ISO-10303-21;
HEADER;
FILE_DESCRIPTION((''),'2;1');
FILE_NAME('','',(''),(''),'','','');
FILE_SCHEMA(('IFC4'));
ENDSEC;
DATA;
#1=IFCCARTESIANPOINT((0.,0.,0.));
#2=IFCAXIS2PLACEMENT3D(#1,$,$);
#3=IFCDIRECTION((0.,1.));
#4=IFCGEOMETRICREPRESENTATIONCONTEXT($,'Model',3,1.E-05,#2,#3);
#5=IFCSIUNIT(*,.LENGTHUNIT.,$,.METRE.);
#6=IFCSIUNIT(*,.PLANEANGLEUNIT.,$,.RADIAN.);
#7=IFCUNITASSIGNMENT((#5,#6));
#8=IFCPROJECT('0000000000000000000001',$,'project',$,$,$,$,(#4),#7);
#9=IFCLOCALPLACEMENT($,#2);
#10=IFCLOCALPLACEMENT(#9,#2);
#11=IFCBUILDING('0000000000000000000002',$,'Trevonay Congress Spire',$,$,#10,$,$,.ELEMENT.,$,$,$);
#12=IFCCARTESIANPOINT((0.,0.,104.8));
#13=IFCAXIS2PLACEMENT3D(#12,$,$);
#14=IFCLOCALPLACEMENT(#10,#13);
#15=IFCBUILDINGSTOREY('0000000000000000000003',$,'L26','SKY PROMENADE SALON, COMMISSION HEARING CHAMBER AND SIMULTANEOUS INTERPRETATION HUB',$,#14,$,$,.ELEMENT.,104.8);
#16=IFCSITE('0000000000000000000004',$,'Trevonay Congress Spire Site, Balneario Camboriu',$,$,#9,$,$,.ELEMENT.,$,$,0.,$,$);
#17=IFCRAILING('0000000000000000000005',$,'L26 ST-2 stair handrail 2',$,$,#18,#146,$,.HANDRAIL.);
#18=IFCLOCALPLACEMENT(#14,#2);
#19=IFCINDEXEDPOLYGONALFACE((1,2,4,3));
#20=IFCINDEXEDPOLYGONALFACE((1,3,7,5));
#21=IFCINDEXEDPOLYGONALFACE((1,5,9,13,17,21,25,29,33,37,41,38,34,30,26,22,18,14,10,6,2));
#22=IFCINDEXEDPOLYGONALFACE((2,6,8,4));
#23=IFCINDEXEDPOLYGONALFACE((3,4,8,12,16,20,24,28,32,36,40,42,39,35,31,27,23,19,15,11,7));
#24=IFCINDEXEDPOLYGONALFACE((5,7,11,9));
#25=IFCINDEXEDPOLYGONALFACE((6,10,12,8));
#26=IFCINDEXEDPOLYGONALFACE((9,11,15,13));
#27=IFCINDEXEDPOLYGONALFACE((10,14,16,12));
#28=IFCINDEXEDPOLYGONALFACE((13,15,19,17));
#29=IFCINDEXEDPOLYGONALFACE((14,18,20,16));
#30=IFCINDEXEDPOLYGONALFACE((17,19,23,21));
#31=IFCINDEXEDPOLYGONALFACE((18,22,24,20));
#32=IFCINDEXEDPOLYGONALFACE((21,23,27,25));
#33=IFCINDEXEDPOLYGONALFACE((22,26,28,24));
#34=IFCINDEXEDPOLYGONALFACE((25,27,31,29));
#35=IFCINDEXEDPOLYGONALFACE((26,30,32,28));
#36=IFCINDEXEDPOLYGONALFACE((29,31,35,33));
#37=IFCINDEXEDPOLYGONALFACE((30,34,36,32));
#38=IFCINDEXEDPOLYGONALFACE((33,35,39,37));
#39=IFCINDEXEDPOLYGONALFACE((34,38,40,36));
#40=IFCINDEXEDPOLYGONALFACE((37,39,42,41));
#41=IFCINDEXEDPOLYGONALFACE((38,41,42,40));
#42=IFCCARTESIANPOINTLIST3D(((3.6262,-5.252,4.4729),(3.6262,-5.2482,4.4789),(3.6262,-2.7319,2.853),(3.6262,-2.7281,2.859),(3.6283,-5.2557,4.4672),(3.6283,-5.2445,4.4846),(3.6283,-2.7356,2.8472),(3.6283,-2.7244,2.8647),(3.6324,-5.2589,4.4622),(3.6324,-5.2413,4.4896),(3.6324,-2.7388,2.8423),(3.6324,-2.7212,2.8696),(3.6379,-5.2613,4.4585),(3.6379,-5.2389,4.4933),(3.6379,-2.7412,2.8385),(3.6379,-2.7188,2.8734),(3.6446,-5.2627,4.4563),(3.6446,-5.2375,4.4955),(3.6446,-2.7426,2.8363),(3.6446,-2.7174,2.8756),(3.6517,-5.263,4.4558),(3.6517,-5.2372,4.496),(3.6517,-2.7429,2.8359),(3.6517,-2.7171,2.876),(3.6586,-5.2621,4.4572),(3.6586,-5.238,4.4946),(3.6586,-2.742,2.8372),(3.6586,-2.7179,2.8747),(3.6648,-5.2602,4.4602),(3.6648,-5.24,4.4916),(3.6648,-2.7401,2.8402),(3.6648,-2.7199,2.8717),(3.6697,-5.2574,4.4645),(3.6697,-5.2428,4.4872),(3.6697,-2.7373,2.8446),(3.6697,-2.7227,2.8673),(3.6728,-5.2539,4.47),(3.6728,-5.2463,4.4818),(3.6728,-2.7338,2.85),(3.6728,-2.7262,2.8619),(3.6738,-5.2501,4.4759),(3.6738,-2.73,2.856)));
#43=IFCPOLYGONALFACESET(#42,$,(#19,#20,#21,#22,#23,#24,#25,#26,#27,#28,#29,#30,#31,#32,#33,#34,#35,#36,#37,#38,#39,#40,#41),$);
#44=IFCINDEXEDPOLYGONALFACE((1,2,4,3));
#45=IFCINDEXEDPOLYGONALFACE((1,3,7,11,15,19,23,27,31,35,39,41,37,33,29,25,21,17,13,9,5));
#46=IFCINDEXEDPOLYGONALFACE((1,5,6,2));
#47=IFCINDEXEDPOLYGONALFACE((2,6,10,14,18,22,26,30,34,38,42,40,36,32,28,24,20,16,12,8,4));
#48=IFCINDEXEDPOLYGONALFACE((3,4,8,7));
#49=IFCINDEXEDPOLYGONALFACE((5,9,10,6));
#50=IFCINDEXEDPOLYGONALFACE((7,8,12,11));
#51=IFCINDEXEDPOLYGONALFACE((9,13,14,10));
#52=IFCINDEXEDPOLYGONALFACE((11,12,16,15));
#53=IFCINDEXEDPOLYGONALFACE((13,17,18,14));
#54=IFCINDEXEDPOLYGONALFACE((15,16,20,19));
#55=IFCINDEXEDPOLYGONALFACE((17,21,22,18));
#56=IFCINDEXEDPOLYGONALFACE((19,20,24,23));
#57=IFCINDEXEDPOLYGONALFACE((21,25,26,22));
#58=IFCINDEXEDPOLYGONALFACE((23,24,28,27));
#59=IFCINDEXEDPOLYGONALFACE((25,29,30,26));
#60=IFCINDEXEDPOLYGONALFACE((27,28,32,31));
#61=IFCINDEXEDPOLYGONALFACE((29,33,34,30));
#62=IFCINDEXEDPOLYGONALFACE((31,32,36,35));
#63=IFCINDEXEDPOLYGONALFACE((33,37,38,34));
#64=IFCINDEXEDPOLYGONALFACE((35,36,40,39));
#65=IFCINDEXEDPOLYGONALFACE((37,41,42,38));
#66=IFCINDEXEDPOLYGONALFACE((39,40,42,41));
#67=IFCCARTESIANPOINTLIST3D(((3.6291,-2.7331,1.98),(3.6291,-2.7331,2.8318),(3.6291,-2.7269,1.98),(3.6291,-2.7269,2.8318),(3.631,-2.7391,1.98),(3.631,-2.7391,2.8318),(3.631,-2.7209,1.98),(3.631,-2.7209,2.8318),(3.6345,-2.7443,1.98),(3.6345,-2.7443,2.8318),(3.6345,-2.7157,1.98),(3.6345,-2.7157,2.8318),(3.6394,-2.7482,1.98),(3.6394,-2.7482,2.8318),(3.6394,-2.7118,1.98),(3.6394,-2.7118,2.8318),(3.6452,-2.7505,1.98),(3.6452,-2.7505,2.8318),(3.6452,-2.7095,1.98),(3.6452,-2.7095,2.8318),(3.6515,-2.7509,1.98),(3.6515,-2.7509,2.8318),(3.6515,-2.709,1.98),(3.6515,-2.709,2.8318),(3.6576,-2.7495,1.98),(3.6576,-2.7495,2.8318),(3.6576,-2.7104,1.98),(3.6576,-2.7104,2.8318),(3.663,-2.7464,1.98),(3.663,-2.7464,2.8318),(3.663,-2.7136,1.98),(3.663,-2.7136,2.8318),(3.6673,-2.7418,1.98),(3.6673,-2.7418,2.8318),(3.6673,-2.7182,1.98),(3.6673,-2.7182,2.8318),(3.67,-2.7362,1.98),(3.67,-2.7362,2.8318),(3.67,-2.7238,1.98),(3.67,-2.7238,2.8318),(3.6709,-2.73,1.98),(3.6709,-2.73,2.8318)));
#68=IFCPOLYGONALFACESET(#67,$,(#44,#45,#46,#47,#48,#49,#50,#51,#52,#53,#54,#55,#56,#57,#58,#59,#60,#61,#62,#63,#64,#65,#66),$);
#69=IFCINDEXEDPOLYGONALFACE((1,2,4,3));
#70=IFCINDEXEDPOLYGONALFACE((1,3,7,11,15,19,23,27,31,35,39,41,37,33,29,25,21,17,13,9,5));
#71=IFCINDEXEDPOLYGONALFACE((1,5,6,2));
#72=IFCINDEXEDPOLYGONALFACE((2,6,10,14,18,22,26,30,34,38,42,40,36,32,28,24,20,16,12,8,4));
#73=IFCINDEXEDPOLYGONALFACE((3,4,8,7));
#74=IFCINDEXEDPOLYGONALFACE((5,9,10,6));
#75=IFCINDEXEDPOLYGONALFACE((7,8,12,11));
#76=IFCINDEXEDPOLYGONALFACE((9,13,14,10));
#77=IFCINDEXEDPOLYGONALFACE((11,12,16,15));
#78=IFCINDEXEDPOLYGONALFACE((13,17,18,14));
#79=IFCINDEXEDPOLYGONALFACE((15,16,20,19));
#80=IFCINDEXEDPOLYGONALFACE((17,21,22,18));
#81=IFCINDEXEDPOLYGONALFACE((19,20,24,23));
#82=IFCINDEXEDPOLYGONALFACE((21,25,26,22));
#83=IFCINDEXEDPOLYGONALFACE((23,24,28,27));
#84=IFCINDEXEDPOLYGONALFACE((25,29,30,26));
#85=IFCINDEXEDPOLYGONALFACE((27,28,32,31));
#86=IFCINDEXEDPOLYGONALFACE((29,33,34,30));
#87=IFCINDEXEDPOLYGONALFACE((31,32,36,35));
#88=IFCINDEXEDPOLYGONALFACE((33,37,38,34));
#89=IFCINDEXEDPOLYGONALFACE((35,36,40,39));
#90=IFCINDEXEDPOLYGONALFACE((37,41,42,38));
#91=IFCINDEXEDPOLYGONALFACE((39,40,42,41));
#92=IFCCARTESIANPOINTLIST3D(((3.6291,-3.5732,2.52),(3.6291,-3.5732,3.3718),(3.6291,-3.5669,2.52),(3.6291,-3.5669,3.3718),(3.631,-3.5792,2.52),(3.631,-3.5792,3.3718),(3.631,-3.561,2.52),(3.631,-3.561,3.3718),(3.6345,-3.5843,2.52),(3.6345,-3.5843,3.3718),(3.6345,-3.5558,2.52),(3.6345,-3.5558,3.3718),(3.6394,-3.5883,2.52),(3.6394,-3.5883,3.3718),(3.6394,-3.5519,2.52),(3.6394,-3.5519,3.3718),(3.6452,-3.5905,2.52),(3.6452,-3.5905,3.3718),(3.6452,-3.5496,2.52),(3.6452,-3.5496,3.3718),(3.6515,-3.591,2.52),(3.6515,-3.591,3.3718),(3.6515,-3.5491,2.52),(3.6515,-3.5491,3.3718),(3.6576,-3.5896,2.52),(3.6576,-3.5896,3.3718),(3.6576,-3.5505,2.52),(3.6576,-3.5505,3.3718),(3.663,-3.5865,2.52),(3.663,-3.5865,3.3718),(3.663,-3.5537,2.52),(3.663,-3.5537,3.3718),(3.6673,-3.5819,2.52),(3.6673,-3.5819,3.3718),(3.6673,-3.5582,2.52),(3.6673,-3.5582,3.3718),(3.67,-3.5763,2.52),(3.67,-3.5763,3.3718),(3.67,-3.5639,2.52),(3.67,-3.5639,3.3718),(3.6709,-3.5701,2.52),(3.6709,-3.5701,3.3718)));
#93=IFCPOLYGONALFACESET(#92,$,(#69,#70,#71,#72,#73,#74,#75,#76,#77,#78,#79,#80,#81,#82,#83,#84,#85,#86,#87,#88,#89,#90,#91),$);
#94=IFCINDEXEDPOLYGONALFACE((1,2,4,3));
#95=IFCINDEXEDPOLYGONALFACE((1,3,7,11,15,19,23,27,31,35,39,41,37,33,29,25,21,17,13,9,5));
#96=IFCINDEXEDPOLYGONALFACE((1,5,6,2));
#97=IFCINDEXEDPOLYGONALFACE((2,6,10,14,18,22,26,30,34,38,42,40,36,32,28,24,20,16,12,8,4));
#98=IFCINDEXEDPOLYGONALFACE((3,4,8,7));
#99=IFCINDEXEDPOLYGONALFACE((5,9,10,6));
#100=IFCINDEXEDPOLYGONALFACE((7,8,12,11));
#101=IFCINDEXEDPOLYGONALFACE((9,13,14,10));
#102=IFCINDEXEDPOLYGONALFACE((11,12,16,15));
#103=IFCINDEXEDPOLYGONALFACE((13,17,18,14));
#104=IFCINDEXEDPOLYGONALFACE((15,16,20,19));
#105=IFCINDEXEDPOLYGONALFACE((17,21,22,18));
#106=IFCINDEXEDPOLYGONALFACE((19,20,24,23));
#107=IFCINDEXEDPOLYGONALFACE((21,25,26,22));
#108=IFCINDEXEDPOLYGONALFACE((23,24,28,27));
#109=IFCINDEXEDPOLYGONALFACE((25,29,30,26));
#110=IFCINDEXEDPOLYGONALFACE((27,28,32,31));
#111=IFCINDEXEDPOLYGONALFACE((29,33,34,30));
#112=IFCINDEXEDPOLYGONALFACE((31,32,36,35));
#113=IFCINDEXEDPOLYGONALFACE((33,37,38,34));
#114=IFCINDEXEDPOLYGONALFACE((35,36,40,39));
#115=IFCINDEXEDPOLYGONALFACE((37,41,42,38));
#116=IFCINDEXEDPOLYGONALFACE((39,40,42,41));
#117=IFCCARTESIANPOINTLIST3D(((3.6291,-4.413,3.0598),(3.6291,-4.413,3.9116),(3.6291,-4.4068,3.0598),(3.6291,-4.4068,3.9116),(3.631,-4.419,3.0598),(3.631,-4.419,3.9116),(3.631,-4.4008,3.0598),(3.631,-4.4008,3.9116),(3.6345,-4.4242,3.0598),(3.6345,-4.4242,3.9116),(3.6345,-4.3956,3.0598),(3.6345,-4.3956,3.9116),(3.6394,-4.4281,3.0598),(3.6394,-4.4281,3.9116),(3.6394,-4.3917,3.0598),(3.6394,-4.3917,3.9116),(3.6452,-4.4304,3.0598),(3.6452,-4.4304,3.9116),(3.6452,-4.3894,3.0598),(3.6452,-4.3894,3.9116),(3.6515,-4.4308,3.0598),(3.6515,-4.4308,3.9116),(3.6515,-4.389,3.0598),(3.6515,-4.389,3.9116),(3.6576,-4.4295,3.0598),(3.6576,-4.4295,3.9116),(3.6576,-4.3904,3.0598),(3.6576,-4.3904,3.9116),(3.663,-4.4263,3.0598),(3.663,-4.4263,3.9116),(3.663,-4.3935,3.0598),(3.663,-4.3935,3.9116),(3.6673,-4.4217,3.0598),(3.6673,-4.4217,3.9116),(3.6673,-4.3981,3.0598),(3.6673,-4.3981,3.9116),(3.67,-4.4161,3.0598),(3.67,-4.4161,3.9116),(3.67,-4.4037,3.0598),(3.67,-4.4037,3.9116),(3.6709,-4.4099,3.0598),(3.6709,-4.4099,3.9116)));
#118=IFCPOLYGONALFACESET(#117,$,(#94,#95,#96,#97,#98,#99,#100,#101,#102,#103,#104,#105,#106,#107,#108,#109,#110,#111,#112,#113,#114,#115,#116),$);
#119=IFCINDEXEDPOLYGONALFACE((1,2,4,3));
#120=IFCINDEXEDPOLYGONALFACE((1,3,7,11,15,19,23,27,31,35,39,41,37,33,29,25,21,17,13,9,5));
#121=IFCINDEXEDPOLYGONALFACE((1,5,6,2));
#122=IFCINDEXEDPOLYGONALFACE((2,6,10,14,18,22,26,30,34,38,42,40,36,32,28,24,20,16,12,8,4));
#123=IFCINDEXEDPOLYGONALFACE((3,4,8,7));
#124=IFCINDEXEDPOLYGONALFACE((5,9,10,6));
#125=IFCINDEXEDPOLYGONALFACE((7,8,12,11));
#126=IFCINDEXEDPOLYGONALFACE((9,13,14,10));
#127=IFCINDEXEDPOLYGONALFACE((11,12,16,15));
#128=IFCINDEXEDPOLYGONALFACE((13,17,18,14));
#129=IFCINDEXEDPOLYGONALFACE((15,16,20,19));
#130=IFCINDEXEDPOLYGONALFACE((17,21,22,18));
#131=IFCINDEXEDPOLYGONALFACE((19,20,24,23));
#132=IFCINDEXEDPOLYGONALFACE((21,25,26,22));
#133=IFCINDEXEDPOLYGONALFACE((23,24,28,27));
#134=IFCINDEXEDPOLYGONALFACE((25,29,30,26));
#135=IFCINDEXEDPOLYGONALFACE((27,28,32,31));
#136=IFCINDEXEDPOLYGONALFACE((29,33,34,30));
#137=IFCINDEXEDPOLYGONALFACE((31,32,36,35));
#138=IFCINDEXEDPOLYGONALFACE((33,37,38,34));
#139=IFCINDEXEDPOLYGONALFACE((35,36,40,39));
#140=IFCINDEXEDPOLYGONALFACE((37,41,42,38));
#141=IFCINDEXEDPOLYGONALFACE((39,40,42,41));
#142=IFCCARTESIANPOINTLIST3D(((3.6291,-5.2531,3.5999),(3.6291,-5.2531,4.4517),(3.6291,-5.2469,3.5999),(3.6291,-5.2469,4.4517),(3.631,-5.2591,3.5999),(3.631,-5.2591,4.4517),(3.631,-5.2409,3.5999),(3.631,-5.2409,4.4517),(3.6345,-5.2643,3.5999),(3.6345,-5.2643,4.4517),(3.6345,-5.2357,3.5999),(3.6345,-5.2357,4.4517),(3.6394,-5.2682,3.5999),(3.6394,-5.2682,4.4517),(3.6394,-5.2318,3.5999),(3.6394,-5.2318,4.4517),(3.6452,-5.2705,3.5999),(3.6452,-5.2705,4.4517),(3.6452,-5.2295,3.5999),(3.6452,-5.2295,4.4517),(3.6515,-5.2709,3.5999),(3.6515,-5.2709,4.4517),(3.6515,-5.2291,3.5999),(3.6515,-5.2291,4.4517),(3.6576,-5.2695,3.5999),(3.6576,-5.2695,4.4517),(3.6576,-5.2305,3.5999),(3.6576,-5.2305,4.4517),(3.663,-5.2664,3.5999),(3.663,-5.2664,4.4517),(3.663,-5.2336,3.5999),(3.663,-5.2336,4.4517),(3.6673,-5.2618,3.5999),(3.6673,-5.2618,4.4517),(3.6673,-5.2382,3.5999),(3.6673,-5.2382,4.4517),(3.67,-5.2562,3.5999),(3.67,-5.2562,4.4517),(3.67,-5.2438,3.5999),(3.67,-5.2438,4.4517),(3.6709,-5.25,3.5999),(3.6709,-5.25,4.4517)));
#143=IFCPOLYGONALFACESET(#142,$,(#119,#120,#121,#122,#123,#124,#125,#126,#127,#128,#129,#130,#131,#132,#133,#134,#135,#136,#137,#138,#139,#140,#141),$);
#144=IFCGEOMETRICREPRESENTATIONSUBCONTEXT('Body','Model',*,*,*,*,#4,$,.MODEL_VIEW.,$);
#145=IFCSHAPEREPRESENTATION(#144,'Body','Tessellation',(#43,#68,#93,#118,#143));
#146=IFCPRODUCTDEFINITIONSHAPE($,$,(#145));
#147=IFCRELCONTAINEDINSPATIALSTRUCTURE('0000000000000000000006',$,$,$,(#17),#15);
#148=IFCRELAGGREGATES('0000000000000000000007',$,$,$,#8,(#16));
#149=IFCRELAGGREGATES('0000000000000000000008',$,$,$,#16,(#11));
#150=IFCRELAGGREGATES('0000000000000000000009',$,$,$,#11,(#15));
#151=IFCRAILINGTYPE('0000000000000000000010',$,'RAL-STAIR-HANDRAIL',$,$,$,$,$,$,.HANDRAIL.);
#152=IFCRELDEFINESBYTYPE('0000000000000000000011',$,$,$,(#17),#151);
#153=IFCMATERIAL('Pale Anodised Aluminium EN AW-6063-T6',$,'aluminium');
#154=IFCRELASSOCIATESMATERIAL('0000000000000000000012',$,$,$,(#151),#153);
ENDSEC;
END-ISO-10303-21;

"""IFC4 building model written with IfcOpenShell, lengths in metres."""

from ifc_helpers import new_model, si_unit, direction, frame, origin, origin_2d, place, context, subcontext, project, spatial, circle, extrude, material, type_object, element, save


model = new_model("IFC4")

# Units and contexts
model_context = context("Model", 3, precision=1e-05, world=origin(), true_north=direction((0.0, 1.0)))
body_context = subcontext(model_context, "Body", "Model", "MODEL_VIEW")
ifc_project = project(units=[si_unit("LENGTHUNIT", "METRE"), si_unit("PLANEANGLEUNIT", "RADIAN")], contexts=[model_context])

# Site, building, storey
site_placement = place(None, origin())
site = spatial("IfcSite", under=ifc_project, at=site_placement, Name="Trevonay Congress Spire Site, Balneario Camboriu", CompositionType="ELEMENT", RefElevation=0.0)
building_placement = place(site_placement, origin())
building = spatial("IfcBuilding", under=site, at=building_placement, Name="Trevonay Congress Spire", CompositionType="ELEMENT")
storey_placement = place(building_placement, frame((0.0, 0.0, 104.8)))
storey = spatial("IfcBuildingStorey", under=building, at=storey_placement, Name="L26", Description="SKY PROMENADE SALON, COMMISSION HEARING CHAMBER AND SIMULTANEOUS INTERPRETATION HUB", CompositionType="ELEMENT", Elevation=104.8)

# Shared definitions
ifc_material_1 = material(Name="Pale Anodised Aluminium EN AW-6063-T6", Category="aluminium")

# Railing
railing_type_1 = type_object("IfcRailingType", Name="RAL-STAIR-HANDRAIL", PredefinedType="HANDRAIL", material=ifc_material_1)
railing_1_placement = place(storey_placement, frame((3.6499, -2.73, 1.98)))
element("IfcRailing", 1, at=railing_1_placement, inside=storey, type_object=railing_type_1, Name="L26 ST-2 stair handrail 2", PredefinedType="HANDRAIL", context=body_context, shape_type="SweptSolid", body=[
    extrude(circle(Radius=0.0239, at=origin_2d()), frame((0.0, 0.0, 0.876), z_axis=(0.0, -0.8412, 0.540725), x_axis=(1.0, 0.0, 0.0)), (0.0, 0.0, 1.0), 2.9958),
    extrude(circle(Radius=0.021, at=origin_2d()), origin(), (0.0, 0.0, 1.0), 0.8518),
    extrude(circle(Radius=0.021, at=origin_2d()), frame((0.0, -0.8401, 0.54)), (0.0, 0.0, 1.0), 0.8518),
    extrude(circle(Radius=0.021, at=origin_2d()), frame((0.0, -1.6799, 1.0798)), (0.0, 0.0, 1.0), 0.8518),
    extrude(circle(Radius=0.021, at=origin_2d()), frame((0.0, -2.52, 1.6199)), (0.0, 0.0, 1.0), 0.8518),
])

save(model, "model.ifc")
